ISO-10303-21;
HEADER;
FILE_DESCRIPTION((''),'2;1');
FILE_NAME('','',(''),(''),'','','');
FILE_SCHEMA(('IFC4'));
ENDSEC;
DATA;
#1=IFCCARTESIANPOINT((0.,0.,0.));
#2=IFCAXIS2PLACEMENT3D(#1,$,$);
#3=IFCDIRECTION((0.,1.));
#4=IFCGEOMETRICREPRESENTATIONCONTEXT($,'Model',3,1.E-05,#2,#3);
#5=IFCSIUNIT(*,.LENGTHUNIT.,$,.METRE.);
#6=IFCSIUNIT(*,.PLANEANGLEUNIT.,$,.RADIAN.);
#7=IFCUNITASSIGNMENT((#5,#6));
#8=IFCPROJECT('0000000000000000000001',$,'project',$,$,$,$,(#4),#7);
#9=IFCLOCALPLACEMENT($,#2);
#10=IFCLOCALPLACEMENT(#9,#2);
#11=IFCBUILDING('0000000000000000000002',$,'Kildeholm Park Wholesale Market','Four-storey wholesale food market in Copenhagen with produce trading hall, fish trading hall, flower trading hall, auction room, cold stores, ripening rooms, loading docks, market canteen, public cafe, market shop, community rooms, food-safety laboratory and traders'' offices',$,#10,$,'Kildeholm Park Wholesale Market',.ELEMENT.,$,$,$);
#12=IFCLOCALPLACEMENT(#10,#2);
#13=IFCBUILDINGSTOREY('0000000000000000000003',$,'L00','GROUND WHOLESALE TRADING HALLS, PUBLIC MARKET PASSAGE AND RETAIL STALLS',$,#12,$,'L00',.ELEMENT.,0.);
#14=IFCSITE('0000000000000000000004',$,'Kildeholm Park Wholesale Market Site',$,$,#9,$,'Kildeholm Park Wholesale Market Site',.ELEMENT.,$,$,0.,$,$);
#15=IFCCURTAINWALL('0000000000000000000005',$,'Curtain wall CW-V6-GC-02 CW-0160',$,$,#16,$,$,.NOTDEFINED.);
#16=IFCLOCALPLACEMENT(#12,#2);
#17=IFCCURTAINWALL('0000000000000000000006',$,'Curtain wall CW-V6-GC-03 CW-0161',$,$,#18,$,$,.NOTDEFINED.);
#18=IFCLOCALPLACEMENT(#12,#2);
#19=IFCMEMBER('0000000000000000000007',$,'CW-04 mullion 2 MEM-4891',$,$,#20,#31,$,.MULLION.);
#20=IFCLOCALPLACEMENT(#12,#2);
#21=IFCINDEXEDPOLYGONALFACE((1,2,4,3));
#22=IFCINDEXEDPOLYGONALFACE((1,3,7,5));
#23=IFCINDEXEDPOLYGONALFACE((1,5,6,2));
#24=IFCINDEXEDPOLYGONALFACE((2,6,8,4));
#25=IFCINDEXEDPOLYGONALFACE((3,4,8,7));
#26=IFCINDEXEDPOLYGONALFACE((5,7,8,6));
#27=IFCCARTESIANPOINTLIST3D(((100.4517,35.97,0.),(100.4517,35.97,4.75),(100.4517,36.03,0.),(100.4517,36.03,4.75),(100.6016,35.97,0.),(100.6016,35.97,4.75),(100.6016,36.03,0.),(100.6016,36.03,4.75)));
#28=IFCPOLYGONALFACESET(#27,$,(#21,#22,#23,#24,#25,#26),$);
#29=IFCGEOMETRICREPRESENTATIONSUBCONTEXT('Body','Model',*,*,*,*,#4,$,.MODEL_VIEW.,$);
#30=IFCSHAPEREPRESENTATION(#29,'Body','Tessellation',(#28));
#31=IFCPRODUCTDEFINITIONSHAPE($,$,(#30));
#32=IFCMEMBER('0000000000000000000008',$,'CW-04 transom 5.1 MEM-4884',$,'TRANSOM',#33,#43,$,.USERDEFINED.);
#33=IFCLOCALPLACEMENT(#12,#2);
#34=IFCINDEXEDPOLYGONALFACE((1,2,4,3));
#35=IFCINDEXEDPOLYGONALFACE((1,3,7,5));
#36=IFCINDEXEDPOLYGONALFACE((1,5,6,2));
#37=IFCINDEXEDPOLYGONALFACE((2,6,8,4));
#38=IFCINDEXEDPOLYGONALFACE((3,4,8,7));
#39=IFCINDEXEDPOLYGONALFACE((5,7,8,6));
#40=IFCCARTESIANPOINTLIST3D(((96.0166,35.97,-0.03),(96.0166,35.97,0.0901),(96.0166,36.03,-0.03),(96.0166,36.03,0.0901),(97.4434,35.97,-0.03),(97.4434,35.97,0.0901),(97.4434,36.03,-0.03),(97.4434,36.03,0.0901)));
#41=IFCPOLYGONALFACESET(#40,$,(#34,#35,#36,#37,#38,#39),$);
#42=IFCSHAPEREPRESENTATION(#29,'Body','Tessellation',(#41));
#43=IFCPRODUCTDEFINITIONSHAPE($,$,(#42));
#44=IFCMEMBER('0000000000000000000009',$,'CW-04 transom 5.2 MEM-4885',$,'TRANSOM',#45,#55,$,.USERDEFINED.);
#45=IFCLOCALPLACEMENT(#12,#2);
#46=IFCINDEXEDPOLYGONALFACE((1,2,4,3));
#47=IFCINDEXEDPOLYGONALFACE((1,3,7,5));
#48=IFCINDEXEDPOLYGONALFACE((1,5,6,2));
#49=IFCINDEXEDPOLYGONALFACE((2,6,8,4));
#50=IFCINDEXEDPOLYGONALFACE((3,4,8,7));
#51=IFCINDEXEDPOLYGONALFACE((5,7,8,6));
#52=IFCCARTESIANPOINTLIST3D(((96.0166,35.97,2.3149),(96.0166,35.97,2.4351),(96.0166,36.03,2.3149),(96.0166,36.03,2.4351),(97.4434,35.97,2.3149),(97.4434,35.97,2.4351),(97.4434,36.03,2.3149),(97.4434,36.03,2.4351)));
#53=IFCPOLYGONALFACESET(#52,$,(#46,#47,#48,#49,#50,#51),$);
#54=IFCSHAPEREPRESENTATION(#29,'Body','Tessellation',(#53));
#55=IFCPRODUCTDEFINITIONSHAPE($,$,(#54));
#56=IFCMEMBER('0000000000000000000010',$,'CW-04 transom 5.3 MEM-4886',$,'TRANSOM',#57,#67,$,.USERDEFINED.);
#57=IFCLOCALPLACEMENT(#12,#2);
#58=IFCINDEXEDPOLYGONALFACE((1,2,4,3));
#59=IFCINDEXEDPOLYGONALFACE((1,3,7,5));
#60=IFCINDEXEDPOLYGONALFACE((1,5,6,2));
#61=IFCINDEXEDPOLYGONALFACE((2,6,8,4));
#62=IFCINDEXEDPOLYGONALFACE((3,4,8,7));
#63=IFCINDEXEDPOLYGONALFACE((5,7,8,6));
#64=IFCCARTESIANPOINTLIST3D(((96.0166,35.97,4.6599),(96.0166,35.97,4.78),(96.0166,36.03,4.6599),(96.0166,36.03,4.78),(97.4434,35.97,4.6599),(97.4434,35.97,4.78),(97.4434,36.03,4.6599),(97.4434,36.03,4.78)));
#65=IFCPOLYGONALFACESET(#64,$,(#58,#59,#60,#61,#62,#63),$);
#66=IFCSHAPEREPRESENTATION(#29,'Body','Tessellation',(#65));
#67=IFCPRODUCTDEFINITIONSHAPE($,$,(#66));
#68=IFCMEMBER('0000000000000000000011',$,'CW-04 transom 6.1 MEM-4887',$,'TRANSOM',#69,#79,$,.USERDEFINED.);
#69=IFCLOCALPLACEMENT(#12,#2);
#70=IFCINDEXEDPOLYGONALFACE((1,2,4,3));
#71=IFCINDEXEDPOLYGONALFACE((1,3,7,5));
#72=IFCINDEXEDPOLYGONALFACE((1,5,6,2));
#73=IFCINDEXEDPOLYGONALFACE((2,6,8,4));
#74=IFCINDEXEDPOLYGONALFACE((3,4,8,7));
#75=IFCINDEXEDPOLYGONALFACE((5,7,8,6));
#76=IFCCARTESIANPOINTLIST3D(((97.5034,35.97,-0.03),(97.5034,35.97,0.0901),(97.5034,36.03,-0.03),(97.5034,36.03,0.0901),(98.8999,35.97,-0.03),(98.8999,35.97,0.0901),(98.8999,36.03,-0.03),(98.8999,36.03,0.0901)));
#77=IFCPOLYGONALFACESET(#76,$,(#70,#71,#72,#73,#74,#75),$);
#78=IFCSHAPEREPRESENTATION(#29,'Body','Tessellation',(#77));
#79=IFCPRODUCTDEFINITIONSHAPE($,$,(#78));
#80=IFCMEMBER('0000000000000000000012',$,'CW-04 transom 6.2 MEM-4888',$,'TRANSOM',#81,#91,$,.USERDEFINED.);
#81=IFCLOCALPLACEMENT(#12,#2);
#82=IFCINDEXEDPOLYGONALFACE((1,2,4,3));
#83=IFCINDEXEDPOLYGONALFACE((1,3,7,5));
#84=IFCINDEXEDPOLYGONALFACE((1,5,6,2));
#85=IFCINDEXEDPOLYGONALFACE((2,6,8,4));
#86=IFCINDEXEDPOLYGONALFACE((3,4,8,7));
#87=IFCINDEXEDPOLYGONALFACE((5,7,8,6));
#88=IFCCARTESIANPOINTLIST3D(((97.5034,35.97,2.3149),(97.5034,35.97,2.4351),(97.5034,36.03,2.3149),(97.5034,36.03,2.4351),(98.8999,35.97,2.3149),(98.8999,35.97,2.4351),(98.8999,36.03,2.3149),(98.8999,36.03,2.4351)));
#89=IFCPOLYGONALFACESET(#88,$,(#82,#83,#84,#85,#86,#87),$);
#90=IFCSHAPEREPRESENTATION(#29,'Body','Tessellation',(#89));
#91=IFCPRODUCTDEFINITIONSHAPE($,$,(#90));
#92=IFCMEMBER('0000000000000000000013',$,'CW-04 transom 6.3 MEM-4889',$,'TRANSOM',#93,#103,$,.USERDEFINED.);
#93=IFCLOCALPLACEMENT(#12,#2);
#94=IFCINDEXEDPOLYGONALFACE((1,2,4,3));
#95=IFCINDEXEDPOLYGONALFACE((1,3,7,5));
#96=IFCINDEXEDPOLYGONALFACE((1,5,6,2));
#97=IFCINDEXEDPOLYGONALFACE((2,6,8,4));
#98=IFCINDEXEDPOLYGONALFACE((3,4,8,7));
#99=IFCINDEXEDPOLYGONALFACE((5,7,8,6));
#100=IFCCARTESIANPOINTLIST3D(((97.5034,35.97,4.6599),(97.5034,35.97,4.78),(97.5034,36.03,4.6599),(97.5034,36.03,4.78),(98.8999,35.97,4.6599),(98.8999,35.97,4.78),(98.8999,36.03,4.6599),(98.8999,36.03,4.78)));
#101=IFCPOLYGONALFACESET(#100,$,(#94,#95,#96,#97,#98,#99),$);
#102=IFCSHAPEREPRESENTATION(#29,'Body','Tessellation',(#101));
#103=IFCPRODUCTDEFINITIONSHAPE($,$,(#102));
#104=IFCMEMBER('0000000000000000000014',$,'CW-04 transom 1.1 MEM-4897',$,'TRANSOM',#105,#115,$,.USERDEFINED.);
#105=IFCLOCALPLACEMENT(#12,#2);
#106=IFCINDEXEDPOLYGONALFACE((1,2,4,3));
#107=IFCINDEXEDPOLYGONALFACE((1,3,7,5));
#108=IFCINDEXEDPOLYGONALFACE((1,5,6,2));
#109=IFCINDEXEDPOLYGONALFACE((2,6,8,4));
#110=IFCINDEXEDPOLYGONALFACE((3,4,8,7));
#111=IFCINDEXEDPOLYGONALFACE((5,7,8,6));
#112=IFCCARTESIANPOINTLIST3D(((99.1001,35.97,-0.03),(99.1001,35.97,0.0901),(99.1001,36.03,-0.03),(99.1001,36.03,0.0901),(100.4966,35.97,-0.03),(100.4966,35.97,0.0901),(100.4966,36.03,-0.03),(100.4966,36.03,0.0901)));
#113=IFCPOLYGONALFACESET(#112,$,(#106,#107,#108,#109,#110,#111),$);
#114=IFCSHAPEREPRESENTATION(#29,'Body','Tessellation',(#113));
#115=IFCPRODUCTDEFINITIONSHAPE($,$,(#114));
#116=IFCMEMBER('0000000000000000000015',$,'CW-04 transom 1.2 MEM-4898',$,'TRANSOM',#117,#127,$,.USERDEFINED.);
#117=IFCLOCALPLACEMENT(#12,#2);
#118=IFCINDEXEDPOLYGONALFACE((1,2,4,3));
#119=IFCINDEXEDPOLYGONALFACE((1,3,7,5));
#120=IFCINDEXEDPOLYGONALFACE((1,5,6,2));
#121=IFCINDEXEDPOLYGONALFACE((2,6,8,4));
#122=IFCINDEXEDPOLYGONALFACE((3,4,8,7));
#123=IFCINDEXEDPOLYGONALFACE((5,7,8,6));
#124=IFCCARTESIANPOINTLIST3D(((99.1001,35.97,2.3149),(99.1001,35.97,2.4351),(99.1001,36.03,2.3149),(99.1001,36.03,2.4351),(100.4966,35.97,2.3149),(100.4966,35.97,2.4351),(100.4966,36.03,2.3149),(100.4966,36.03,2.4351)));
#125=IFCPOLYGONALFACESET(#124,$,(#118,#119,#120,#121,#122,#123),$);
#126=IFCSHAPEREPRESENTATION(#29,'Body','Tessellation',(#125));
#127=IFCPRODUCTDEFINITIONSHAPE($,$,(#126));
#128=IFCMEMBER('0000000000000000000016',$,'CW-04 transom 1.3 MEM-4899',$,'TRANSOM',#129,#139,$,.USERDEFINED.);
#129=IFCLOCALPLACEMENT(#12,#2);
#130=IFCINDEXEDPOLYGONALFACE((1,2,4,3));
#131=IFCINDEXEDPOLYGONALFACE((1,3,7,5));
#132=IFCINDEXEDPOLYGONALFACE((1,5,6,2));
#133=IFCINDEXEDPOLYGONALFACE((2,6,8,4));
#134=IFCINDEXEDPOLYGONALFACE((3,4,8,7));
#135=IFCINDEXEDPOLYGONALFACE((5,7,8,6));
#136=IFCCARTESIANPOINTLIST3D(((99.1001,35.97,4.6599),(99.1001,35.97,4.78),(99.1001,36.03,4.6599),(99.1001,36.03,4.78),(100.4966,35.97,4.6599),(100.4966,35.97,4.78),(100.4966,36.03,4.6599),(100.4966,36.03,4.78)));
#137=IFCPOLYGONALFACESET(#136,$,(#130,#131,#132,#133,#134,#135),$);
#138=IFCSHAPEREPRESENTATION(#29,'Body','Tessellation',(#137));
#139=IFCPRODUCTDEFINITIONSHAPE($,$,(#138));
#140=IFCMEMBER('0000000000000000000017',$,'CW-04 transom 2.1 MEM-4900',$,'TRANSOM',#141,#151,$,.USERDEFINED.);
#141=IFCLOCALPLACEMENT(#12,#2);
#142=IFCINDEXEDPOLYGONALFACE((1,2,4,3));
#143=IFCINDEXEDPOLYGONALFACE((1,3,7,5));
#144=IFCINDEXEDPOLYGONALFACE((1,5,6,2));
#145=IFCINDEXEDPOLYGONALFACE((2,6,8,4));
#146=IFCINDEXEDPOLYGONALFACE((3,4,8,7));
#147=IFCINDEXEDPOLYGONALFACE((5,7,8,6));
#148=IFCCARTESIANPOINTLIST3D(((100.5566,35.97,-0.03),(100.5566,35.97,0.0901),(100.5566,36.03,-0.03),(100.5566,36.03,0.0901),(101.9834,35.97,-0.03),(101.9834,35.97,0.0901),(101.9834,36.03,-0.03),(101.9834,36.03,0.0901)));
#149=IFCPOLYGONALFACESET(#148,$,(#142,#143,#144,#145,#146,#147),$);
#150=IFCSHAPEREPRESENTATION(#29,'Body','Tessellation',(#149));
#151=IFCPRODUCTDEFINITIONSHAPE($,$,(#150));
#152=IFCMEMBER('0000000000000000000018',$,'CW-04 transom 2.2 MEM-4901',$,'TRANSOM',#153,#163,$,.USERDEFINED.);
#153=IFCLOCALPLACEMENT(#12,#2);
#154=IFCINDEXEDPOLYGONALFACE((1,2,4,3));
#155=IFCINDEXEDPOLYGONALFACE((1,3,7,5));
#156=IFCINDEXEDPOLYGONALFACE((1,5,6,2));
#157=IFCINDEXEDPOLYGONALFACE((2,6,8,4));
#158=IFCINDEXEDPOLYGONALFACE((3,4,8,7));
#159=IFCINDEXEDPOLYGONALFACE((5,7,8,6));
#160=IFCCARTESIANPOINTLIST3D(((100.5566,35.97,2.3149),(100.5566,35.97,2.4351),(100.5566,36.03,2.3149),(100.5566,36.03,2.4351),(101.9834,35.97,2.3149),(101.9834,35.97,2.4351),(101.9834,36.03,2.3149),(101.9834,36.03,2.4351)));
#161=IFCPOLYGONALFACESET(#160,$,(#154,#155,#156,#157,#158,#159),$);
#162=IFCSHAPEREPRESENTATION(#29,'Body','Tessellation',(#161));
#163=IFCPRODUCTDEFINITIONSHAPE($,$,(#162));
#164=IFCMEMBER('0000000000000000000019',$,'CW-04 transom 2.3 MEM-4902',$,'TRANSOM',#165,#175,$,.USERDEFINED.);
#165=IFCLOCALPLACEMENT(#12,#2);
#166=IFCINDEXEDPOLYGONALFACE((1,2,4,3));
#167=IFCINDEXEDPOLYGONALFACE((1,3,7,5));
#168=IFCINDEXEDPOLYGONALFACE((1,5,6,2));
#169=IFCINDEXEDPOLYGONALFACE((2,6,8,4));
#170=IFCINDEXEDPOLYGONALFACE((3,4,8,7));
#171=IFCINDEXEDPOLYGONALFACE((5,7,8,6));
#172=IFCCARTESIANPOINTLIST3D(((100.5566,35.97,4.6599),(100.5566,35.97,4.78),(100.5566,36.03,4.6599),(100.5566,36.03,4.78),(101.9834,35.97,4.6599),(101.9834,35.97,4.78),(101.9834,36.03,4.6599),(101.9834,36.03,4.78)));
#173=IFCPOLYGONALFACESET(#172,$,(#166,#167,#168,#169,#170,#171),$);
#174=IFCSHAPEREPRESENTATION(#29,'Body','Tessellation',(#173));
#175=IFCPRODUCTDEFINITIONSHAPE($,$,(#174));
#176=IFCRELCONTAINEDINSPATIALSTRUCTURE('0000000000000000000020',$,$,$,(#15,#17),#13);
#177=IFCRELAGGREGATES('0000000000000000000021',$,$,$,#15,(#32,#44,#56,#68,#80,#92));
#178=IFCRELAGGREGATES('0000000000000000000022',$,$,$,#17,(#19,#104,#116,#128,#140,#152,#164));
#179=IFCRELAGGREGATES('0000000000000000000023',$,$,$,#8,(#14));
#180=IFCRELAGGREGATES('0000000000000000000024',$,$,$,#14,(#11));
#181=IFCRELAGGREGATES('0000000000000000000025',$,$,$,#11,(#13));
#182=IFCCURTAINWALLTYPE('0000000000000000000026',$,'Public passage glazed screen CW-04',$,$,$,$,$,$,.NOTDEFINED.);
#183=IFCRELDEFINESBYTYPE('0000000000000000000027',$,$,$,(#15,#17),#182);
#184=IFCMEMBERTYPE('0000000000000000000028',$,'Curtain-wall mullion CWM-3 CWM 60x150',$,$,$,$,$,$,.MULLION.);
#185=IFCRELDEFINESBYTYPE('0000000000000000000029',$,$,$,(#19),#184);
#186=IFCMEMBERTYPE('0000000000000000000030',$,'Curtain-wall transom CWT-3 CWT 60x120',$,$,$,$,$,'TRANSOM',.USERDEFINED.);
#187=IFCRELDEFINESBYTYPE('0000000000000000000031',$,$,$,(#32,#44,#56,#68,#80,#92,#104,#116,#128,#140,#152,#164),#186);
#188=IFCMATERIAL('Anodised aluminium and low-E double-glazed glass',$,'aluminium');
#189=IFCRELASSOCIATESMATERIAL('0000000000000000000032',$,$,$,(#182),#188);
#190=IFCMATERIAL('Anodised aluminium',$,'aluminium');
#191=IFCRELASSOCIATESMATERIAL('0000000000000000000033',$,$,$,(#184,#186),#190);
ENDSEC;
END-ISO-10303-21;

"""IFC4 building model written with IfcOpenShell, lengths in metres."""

from ifc_helpers import new_model, si_unit, direction, frame, origin, origin_2d, place, context, subcontext, project, spatial, rectangle, extrude, material, material_profile, profile_set, type_object, element, aggregate, save


model = new_model("IFC4")

# Units and contexts
model_context = context("Model", 3, precision=1e-05, world=origin(), true_north=direction((0.0, 1.0)))
body_context = subcontext(model_context, "Body", "Model", "MODEL_VIEW")
ifc_project = project(units=[si_unit("LENGTHUNIT", "METRE"), si_unit("PLANEANGLEUNIT", "RADIAN")], contexts=[model_context])

# Site, building, storey
site_placement = place(None, origin())
site = spatial("IfcSite", under=ifc_project, at=site_placement, Name="Kildeholm Park Wholesale Market Site", LongName="Kildeholm Park Wholesale Market Site", CompositionType="ELEMENT", RefElevation=0.0)
building_placement = place(site_placement, origin())
building = spatial("IfcBuilding", under=site, at=building_placement, Name="Kildeholm Park Wholesale Market", Description="Four-storey wholesale food market in Copenhagen with produce trading hall, fish trading hall, flower trading hall, auction room, cold stores, ripening rooms, loading docks, market canteen, public cafe, market shop, community rooms, food-safety laboratory and traders' offices", LongName="Kildeholm Park Wholesale Market", CompositionType="ELEMENT")
storey_placement = place(building_placement, origin())
storey = spatial("IfcBuildingStorey", under=building, at=storey_placement, Name="L00", Description="GROUND WHOLESALE TRADING HALLS, PUBLIC MARKET PASSAGE AND RETAIL STALLS", LongName="L00", CompositionType="ELEMENT", Elevation=0.0)

# Curtain walls, member
ifc_material_1 = material(Name="Anodised aluminium and low-E double-glazed glass", Category="aluminium")
curtain_wall_type = type_object("IfcCurtainWallType", Name="Public passage glazed screen CW-04", PredefinedType="NOTDEFINED", material=ifc_material_1)
curtain_wall_1_placement = place(storey_placement, origin())
curtain_wall_1 = element("IfcCurtainWall", 1, at=curtain_wall_1_placement, inside=storey, type_object=curtain_wall_type, Name="Curtain wall CW-V6-GC-02 CW-0160", PredefinedType="NOTDEFINED")
ifc_material_2 = material(Name="Anodised aluminium", Category="aluminium")
ifc_material_profile_1 = material_profile(ifc_material_2, rectangle(XDim=0.0601, YDim=0.1499, at=origin_2d()), Name="CWM 60x150")
ifc_profile_set_1 = profile_set([ifc_material_profile_1], Name="Anodised aluminium")
member_type_1 = type_object("IfcMemberType", Name="Curtain-wall mullion CWM-3 CWM 60x150", PredefinedType="MULLION", material=ifc_profile_set_1)
curtain_wall_2_placement = place(storey_placement, origin())
curtain_wall_2 = element("IfcCurtainWall", 2, at=curtain_wall_2_placement, inside=storey, type_object=curtain_wall_type, Name="Curtain wall CW-V6-GC-03 CW-0161", PredefinedType="NOTDEFINED")
member_1_placement = place(storey_placement, frame((100.5266, 36.0, 0.0), z_axis=(0.0, 0.0, 1.0), x_axis=(0.0, 1.0, 0.0)))
member_1 = element("IfcMember", 3, at=member_1_placement, type_object=member_type_1, Name="CW-04 mullion 2 MEM-4891", PredefinedType="MULLION", context=body_context, shape_type="SweptSolid", body=[
    extrude(rectangle(XDim=0.0601, YDim=0.1499, at=origin_2d()), origin(), (0.0, 0.0, 1.0), 4.75),
])

# Members
ifc_material_profile_2 = material_profile(ifc_material_2, rectangle(XDim=0.0601, YDim=0.1201, at=origin_2d()), Name="CWT 60x120")
ifc_profile_set_2 = profile_set([ifc_material_profile_2], Name="Anodised aluminium")
member_type_2 = type_object("IfcMemberType", Name="Curtain-wall transom CWT-3 CWT 60x120", ElementType="TRANSOM", PredefinedType="USERDEFINED", material=ifc_profile_set_2)
member_2_placement = place(storey_placement, frame((96.0166, 36.0, 0.03), z_axis=(1.0, 0.0, 0.0), x_axis=(0.0, 1.0, 0.0)))
member_2 = element("IfcMember", 4, at=member_2_placement, type_object=member_type_2, Name="CW-04 transom 5.1 MEM-4884", ObjectType="TRANSOM", PredefinedType="USERDEFINED", context=body_context, shape_type="SweptSolid", body=[
    extrude(rectangle(XDim=0.0601, YDim=0.1201, at=origin_2d()), origin(), (0.0, 0.0, 1.0), 1.4268),
])
member_3_placement = place(storey_placement, frame((96.0166, 36.0, 2.375), z_axis=(1.0, 0.0, 0.0), x_axis=(0.0, 1.0, 0.0)))
member_3 = element("IfcMember", 5, at=member_3_placement, type_object=member_type_2, Name="CW-04 transom 5.2 MEM-4885", ObjectType="TRANSOM", PredefinedType="USERDEFINED", context=body_context, shape_type="SweptSolid", body=[
    extrude(rectangle(XDim=0.0601, YDim=0.1201, at=origin_2d()), origin(), (0.0, 0.0, 1.0), 1.4268),
])
member_4_placement = place(storey_placement, frame((96.0166, 36.0, 4.72), z_axis=(1.0, 0.0, 0.0), x_axis=(0.0, 1.0, 0.0)))
member_4 = element("IfcMember", 6, at=member_4_placement, type_object=member_type_2, Name="CW-04 transom 5.3 MEM-4886", ObjectType="TRANSOM", PredefinedType="USERDEFINED", context=body_context, shape_type="SweptSolid", body=[
    extrude(rectangle(XDim=0.0601, YDim=0.1201, at=origin_2d()), origin(), (0.0, 0.0, 1.0), 1.4268),
])
member_5_placement = place(storey_placement, frame((97.5034, 36.0, 0.03), z_axis=(1.0, 0.0, 0.0), x_axis=(0.0, 1.0, 0.0)))
member_5 = element("IfcMember", 7, at=member_5_placement, type_object=member_type_2, Name="CW-04 transom 6.1 MEM-4887", ObjectType="TRANSOM", PredefinedType="USERDEFINED", context=body_context, shape_type="SweptSolid", body=[
    extrude(rectangle(XDim=0.0601, YDim=0.1201, at=origin_2d()), origin(), (0.0, 0.0, 1.0), 1.3965),
])
member_6_placement = place(storey_placement, frame((97.5034, 36.0, 2.375), z_axis=(1.0, 0.0, 0.0), x_axis=(0.0, 1.0, 0.0)))
member_6 = element("IfcMember", 8, at=member_6_placement, type_object=member_type_2, Name="CW-04 transom 6.2 MEM-4888", ObjectType="TRANSOM", PredefinedType="USERDEFINED", context=body_context, shape_type="SweptSolid", body=[
    extrude(rectangle(XDim=0.0601, YDim=0.1201, at=origin_2d()), origin(), (0.0, 0.0, 1.0), 1.3965),
])
member_7_placement = place(storey_placement, frame((97.5034, 36.0, 4.72), z_axis=(1.0, 0.0, 0.0), x_axis=(0.0, 1.0, 0.0)))
member_7 = element("IfcMember", 9, at=member_7_placement, type_object=member_type_2, Name="CW-04 transom 6.3 MEM-4889", ObjectType="TRANSOM", PredefinedType="USERDEFINED", context=body_context, shape_type="SweptSolid", body=[
    extrude(rectangle(XDim=0.0601, YDim=0.1201, at=origin_2d()), origin(), (0.0, 0.0, 1.0), 1.3965),
])
member_8_placement = place(storey_placement, frame((99.1001, 36.0, 0.03), z_axis=(1.0, 0.0, 0.0), x_axis=(0.0, 1.0, 0.0)))
member_8 = element("IfcMember", 10, at=member_8_placement, type_object=member_type_2, Name="CW-04 transom 1.1 MEM-4897", ObjectType="TRANSOM", PredefinedType="USERDEFINED", context=body_context, shape_type="SweptSolid", body=[
    extrude(rectangle(XDim=0.0601, YDim=0.1201, at=origin_2d()), origin(), (0.0, 0.0, 1.0), 1.3965),
])
member_9_placement = place(storey_placement, frame((99.1001, 36.0, 2.375), z_axis=(1.0, 0.0, 0.0), x_axis=(0.0, 1.0, 0.0)))
member_9 = element("IfcMember", 11, at=member_9_placement, type_object=member_type_2, Name="CW-04 transom 1.2 MEM-4898", ObjectType="TRANSOM", PredefinedType="USERDEFINED", context=body_context, shape_type="SweptSolid", body=[
    extrude(rectangle(XDim=0.0601, YDim=0.1201, at=origin_2d()), origin(), (0.0, 0.0, 1.0), 1.3965),
])
member_10_placement = place(storey_placement, frame((99.1001, 36.0, 4.72), z_axis=(1.0, 0.0, 0.0), x_axis=(0.0, 1.0, 0.0)))
member_10 = element("IfcMember", 12, at=member_10_placement, type_object=member_type_2, Name="CW-04 transom 1.3 MEM-4899", ObjectType="TRANSOM", PredefinedType="USERDEFINED", context=body_context, shape_type="SweptSolid", body=[
    extrude(rectangle(XDim=0.0601, YDim=0.1201, at=origin_2d()), origin(), (0.0, 0.0, 1.0), 1.3965),
])
member_11_placement = place(storey_placement, frame((100.5566, 36.0, 0.03), z_axis=(1.0, 0.0, 0.0), x_axis=(0.0, 1.0, 0.0)))
member_11 = element("IfcMember", 13, at=member_11_placement, type_object=member_type_2, Name="CW-04 transom 2.1 MEM-4900", ObjectType="TRANSOM", PredefinedType="USERDEFINED", context=body_context, shape_type="SweptSolid", body=[
    extrude(rectangle(XDim=0.0601, YDim=0.1201, at=origin_2d()), origin(), (0.0, 0.0, 1.0), 1.4268),
])
member_12_placement = place(storey_placement, frame((100.5566, 36.0, 2.375), z_axis=(1.0, 0.0, 0.0), x_axis=(0.0, 1.0, 0.0)))
member_12 = element("IfcMember", 14, at=member_12_placement, type_object=member_type_2, Name="CW-04 transom 2.2 MEM-4901", ObjectType="TRANSOM", PredefinedType="USERDEFINED", context=body_context, shape_type="SweptSolid", body=[
    extrude(rectangle(XDim=0.0601, YDim=0.1201, at=origin_2d()), origin(), (0.0, 0.0, 1.0), 1.4268),
])
member_13_placement = place(storey_placement, frame((100.5566, 36.0, 4.72), z_axis=(1.0, 0.0, 0.0), x_axis=(0.0, 1.0, 0.0)))
member_13 = element("IfcMember", 15, at=member_13_placement, type_object=member_type_2, Name="CW-04 transom 2.3 MEM-4902", ObjectType="TRANSOM", PredefinedType="USERDEFINED", context=body_context, shape_type="SweptSolid", body=[
    extrude(rectangle(XDim=0.0601, YDim=0.1201, at=origin_2d()), origin(), (0.0, 0.0, 1.0), 1.4268),
])

aggregate(curtain_wall_1, [member_2, member_3, member_4, member_5, member_6, member_7])
aggregate(curtain_wall_2, [member_1, member_8, member_9, member_10, member_11, member_12, member_13])

save(model, "model.ifc")
